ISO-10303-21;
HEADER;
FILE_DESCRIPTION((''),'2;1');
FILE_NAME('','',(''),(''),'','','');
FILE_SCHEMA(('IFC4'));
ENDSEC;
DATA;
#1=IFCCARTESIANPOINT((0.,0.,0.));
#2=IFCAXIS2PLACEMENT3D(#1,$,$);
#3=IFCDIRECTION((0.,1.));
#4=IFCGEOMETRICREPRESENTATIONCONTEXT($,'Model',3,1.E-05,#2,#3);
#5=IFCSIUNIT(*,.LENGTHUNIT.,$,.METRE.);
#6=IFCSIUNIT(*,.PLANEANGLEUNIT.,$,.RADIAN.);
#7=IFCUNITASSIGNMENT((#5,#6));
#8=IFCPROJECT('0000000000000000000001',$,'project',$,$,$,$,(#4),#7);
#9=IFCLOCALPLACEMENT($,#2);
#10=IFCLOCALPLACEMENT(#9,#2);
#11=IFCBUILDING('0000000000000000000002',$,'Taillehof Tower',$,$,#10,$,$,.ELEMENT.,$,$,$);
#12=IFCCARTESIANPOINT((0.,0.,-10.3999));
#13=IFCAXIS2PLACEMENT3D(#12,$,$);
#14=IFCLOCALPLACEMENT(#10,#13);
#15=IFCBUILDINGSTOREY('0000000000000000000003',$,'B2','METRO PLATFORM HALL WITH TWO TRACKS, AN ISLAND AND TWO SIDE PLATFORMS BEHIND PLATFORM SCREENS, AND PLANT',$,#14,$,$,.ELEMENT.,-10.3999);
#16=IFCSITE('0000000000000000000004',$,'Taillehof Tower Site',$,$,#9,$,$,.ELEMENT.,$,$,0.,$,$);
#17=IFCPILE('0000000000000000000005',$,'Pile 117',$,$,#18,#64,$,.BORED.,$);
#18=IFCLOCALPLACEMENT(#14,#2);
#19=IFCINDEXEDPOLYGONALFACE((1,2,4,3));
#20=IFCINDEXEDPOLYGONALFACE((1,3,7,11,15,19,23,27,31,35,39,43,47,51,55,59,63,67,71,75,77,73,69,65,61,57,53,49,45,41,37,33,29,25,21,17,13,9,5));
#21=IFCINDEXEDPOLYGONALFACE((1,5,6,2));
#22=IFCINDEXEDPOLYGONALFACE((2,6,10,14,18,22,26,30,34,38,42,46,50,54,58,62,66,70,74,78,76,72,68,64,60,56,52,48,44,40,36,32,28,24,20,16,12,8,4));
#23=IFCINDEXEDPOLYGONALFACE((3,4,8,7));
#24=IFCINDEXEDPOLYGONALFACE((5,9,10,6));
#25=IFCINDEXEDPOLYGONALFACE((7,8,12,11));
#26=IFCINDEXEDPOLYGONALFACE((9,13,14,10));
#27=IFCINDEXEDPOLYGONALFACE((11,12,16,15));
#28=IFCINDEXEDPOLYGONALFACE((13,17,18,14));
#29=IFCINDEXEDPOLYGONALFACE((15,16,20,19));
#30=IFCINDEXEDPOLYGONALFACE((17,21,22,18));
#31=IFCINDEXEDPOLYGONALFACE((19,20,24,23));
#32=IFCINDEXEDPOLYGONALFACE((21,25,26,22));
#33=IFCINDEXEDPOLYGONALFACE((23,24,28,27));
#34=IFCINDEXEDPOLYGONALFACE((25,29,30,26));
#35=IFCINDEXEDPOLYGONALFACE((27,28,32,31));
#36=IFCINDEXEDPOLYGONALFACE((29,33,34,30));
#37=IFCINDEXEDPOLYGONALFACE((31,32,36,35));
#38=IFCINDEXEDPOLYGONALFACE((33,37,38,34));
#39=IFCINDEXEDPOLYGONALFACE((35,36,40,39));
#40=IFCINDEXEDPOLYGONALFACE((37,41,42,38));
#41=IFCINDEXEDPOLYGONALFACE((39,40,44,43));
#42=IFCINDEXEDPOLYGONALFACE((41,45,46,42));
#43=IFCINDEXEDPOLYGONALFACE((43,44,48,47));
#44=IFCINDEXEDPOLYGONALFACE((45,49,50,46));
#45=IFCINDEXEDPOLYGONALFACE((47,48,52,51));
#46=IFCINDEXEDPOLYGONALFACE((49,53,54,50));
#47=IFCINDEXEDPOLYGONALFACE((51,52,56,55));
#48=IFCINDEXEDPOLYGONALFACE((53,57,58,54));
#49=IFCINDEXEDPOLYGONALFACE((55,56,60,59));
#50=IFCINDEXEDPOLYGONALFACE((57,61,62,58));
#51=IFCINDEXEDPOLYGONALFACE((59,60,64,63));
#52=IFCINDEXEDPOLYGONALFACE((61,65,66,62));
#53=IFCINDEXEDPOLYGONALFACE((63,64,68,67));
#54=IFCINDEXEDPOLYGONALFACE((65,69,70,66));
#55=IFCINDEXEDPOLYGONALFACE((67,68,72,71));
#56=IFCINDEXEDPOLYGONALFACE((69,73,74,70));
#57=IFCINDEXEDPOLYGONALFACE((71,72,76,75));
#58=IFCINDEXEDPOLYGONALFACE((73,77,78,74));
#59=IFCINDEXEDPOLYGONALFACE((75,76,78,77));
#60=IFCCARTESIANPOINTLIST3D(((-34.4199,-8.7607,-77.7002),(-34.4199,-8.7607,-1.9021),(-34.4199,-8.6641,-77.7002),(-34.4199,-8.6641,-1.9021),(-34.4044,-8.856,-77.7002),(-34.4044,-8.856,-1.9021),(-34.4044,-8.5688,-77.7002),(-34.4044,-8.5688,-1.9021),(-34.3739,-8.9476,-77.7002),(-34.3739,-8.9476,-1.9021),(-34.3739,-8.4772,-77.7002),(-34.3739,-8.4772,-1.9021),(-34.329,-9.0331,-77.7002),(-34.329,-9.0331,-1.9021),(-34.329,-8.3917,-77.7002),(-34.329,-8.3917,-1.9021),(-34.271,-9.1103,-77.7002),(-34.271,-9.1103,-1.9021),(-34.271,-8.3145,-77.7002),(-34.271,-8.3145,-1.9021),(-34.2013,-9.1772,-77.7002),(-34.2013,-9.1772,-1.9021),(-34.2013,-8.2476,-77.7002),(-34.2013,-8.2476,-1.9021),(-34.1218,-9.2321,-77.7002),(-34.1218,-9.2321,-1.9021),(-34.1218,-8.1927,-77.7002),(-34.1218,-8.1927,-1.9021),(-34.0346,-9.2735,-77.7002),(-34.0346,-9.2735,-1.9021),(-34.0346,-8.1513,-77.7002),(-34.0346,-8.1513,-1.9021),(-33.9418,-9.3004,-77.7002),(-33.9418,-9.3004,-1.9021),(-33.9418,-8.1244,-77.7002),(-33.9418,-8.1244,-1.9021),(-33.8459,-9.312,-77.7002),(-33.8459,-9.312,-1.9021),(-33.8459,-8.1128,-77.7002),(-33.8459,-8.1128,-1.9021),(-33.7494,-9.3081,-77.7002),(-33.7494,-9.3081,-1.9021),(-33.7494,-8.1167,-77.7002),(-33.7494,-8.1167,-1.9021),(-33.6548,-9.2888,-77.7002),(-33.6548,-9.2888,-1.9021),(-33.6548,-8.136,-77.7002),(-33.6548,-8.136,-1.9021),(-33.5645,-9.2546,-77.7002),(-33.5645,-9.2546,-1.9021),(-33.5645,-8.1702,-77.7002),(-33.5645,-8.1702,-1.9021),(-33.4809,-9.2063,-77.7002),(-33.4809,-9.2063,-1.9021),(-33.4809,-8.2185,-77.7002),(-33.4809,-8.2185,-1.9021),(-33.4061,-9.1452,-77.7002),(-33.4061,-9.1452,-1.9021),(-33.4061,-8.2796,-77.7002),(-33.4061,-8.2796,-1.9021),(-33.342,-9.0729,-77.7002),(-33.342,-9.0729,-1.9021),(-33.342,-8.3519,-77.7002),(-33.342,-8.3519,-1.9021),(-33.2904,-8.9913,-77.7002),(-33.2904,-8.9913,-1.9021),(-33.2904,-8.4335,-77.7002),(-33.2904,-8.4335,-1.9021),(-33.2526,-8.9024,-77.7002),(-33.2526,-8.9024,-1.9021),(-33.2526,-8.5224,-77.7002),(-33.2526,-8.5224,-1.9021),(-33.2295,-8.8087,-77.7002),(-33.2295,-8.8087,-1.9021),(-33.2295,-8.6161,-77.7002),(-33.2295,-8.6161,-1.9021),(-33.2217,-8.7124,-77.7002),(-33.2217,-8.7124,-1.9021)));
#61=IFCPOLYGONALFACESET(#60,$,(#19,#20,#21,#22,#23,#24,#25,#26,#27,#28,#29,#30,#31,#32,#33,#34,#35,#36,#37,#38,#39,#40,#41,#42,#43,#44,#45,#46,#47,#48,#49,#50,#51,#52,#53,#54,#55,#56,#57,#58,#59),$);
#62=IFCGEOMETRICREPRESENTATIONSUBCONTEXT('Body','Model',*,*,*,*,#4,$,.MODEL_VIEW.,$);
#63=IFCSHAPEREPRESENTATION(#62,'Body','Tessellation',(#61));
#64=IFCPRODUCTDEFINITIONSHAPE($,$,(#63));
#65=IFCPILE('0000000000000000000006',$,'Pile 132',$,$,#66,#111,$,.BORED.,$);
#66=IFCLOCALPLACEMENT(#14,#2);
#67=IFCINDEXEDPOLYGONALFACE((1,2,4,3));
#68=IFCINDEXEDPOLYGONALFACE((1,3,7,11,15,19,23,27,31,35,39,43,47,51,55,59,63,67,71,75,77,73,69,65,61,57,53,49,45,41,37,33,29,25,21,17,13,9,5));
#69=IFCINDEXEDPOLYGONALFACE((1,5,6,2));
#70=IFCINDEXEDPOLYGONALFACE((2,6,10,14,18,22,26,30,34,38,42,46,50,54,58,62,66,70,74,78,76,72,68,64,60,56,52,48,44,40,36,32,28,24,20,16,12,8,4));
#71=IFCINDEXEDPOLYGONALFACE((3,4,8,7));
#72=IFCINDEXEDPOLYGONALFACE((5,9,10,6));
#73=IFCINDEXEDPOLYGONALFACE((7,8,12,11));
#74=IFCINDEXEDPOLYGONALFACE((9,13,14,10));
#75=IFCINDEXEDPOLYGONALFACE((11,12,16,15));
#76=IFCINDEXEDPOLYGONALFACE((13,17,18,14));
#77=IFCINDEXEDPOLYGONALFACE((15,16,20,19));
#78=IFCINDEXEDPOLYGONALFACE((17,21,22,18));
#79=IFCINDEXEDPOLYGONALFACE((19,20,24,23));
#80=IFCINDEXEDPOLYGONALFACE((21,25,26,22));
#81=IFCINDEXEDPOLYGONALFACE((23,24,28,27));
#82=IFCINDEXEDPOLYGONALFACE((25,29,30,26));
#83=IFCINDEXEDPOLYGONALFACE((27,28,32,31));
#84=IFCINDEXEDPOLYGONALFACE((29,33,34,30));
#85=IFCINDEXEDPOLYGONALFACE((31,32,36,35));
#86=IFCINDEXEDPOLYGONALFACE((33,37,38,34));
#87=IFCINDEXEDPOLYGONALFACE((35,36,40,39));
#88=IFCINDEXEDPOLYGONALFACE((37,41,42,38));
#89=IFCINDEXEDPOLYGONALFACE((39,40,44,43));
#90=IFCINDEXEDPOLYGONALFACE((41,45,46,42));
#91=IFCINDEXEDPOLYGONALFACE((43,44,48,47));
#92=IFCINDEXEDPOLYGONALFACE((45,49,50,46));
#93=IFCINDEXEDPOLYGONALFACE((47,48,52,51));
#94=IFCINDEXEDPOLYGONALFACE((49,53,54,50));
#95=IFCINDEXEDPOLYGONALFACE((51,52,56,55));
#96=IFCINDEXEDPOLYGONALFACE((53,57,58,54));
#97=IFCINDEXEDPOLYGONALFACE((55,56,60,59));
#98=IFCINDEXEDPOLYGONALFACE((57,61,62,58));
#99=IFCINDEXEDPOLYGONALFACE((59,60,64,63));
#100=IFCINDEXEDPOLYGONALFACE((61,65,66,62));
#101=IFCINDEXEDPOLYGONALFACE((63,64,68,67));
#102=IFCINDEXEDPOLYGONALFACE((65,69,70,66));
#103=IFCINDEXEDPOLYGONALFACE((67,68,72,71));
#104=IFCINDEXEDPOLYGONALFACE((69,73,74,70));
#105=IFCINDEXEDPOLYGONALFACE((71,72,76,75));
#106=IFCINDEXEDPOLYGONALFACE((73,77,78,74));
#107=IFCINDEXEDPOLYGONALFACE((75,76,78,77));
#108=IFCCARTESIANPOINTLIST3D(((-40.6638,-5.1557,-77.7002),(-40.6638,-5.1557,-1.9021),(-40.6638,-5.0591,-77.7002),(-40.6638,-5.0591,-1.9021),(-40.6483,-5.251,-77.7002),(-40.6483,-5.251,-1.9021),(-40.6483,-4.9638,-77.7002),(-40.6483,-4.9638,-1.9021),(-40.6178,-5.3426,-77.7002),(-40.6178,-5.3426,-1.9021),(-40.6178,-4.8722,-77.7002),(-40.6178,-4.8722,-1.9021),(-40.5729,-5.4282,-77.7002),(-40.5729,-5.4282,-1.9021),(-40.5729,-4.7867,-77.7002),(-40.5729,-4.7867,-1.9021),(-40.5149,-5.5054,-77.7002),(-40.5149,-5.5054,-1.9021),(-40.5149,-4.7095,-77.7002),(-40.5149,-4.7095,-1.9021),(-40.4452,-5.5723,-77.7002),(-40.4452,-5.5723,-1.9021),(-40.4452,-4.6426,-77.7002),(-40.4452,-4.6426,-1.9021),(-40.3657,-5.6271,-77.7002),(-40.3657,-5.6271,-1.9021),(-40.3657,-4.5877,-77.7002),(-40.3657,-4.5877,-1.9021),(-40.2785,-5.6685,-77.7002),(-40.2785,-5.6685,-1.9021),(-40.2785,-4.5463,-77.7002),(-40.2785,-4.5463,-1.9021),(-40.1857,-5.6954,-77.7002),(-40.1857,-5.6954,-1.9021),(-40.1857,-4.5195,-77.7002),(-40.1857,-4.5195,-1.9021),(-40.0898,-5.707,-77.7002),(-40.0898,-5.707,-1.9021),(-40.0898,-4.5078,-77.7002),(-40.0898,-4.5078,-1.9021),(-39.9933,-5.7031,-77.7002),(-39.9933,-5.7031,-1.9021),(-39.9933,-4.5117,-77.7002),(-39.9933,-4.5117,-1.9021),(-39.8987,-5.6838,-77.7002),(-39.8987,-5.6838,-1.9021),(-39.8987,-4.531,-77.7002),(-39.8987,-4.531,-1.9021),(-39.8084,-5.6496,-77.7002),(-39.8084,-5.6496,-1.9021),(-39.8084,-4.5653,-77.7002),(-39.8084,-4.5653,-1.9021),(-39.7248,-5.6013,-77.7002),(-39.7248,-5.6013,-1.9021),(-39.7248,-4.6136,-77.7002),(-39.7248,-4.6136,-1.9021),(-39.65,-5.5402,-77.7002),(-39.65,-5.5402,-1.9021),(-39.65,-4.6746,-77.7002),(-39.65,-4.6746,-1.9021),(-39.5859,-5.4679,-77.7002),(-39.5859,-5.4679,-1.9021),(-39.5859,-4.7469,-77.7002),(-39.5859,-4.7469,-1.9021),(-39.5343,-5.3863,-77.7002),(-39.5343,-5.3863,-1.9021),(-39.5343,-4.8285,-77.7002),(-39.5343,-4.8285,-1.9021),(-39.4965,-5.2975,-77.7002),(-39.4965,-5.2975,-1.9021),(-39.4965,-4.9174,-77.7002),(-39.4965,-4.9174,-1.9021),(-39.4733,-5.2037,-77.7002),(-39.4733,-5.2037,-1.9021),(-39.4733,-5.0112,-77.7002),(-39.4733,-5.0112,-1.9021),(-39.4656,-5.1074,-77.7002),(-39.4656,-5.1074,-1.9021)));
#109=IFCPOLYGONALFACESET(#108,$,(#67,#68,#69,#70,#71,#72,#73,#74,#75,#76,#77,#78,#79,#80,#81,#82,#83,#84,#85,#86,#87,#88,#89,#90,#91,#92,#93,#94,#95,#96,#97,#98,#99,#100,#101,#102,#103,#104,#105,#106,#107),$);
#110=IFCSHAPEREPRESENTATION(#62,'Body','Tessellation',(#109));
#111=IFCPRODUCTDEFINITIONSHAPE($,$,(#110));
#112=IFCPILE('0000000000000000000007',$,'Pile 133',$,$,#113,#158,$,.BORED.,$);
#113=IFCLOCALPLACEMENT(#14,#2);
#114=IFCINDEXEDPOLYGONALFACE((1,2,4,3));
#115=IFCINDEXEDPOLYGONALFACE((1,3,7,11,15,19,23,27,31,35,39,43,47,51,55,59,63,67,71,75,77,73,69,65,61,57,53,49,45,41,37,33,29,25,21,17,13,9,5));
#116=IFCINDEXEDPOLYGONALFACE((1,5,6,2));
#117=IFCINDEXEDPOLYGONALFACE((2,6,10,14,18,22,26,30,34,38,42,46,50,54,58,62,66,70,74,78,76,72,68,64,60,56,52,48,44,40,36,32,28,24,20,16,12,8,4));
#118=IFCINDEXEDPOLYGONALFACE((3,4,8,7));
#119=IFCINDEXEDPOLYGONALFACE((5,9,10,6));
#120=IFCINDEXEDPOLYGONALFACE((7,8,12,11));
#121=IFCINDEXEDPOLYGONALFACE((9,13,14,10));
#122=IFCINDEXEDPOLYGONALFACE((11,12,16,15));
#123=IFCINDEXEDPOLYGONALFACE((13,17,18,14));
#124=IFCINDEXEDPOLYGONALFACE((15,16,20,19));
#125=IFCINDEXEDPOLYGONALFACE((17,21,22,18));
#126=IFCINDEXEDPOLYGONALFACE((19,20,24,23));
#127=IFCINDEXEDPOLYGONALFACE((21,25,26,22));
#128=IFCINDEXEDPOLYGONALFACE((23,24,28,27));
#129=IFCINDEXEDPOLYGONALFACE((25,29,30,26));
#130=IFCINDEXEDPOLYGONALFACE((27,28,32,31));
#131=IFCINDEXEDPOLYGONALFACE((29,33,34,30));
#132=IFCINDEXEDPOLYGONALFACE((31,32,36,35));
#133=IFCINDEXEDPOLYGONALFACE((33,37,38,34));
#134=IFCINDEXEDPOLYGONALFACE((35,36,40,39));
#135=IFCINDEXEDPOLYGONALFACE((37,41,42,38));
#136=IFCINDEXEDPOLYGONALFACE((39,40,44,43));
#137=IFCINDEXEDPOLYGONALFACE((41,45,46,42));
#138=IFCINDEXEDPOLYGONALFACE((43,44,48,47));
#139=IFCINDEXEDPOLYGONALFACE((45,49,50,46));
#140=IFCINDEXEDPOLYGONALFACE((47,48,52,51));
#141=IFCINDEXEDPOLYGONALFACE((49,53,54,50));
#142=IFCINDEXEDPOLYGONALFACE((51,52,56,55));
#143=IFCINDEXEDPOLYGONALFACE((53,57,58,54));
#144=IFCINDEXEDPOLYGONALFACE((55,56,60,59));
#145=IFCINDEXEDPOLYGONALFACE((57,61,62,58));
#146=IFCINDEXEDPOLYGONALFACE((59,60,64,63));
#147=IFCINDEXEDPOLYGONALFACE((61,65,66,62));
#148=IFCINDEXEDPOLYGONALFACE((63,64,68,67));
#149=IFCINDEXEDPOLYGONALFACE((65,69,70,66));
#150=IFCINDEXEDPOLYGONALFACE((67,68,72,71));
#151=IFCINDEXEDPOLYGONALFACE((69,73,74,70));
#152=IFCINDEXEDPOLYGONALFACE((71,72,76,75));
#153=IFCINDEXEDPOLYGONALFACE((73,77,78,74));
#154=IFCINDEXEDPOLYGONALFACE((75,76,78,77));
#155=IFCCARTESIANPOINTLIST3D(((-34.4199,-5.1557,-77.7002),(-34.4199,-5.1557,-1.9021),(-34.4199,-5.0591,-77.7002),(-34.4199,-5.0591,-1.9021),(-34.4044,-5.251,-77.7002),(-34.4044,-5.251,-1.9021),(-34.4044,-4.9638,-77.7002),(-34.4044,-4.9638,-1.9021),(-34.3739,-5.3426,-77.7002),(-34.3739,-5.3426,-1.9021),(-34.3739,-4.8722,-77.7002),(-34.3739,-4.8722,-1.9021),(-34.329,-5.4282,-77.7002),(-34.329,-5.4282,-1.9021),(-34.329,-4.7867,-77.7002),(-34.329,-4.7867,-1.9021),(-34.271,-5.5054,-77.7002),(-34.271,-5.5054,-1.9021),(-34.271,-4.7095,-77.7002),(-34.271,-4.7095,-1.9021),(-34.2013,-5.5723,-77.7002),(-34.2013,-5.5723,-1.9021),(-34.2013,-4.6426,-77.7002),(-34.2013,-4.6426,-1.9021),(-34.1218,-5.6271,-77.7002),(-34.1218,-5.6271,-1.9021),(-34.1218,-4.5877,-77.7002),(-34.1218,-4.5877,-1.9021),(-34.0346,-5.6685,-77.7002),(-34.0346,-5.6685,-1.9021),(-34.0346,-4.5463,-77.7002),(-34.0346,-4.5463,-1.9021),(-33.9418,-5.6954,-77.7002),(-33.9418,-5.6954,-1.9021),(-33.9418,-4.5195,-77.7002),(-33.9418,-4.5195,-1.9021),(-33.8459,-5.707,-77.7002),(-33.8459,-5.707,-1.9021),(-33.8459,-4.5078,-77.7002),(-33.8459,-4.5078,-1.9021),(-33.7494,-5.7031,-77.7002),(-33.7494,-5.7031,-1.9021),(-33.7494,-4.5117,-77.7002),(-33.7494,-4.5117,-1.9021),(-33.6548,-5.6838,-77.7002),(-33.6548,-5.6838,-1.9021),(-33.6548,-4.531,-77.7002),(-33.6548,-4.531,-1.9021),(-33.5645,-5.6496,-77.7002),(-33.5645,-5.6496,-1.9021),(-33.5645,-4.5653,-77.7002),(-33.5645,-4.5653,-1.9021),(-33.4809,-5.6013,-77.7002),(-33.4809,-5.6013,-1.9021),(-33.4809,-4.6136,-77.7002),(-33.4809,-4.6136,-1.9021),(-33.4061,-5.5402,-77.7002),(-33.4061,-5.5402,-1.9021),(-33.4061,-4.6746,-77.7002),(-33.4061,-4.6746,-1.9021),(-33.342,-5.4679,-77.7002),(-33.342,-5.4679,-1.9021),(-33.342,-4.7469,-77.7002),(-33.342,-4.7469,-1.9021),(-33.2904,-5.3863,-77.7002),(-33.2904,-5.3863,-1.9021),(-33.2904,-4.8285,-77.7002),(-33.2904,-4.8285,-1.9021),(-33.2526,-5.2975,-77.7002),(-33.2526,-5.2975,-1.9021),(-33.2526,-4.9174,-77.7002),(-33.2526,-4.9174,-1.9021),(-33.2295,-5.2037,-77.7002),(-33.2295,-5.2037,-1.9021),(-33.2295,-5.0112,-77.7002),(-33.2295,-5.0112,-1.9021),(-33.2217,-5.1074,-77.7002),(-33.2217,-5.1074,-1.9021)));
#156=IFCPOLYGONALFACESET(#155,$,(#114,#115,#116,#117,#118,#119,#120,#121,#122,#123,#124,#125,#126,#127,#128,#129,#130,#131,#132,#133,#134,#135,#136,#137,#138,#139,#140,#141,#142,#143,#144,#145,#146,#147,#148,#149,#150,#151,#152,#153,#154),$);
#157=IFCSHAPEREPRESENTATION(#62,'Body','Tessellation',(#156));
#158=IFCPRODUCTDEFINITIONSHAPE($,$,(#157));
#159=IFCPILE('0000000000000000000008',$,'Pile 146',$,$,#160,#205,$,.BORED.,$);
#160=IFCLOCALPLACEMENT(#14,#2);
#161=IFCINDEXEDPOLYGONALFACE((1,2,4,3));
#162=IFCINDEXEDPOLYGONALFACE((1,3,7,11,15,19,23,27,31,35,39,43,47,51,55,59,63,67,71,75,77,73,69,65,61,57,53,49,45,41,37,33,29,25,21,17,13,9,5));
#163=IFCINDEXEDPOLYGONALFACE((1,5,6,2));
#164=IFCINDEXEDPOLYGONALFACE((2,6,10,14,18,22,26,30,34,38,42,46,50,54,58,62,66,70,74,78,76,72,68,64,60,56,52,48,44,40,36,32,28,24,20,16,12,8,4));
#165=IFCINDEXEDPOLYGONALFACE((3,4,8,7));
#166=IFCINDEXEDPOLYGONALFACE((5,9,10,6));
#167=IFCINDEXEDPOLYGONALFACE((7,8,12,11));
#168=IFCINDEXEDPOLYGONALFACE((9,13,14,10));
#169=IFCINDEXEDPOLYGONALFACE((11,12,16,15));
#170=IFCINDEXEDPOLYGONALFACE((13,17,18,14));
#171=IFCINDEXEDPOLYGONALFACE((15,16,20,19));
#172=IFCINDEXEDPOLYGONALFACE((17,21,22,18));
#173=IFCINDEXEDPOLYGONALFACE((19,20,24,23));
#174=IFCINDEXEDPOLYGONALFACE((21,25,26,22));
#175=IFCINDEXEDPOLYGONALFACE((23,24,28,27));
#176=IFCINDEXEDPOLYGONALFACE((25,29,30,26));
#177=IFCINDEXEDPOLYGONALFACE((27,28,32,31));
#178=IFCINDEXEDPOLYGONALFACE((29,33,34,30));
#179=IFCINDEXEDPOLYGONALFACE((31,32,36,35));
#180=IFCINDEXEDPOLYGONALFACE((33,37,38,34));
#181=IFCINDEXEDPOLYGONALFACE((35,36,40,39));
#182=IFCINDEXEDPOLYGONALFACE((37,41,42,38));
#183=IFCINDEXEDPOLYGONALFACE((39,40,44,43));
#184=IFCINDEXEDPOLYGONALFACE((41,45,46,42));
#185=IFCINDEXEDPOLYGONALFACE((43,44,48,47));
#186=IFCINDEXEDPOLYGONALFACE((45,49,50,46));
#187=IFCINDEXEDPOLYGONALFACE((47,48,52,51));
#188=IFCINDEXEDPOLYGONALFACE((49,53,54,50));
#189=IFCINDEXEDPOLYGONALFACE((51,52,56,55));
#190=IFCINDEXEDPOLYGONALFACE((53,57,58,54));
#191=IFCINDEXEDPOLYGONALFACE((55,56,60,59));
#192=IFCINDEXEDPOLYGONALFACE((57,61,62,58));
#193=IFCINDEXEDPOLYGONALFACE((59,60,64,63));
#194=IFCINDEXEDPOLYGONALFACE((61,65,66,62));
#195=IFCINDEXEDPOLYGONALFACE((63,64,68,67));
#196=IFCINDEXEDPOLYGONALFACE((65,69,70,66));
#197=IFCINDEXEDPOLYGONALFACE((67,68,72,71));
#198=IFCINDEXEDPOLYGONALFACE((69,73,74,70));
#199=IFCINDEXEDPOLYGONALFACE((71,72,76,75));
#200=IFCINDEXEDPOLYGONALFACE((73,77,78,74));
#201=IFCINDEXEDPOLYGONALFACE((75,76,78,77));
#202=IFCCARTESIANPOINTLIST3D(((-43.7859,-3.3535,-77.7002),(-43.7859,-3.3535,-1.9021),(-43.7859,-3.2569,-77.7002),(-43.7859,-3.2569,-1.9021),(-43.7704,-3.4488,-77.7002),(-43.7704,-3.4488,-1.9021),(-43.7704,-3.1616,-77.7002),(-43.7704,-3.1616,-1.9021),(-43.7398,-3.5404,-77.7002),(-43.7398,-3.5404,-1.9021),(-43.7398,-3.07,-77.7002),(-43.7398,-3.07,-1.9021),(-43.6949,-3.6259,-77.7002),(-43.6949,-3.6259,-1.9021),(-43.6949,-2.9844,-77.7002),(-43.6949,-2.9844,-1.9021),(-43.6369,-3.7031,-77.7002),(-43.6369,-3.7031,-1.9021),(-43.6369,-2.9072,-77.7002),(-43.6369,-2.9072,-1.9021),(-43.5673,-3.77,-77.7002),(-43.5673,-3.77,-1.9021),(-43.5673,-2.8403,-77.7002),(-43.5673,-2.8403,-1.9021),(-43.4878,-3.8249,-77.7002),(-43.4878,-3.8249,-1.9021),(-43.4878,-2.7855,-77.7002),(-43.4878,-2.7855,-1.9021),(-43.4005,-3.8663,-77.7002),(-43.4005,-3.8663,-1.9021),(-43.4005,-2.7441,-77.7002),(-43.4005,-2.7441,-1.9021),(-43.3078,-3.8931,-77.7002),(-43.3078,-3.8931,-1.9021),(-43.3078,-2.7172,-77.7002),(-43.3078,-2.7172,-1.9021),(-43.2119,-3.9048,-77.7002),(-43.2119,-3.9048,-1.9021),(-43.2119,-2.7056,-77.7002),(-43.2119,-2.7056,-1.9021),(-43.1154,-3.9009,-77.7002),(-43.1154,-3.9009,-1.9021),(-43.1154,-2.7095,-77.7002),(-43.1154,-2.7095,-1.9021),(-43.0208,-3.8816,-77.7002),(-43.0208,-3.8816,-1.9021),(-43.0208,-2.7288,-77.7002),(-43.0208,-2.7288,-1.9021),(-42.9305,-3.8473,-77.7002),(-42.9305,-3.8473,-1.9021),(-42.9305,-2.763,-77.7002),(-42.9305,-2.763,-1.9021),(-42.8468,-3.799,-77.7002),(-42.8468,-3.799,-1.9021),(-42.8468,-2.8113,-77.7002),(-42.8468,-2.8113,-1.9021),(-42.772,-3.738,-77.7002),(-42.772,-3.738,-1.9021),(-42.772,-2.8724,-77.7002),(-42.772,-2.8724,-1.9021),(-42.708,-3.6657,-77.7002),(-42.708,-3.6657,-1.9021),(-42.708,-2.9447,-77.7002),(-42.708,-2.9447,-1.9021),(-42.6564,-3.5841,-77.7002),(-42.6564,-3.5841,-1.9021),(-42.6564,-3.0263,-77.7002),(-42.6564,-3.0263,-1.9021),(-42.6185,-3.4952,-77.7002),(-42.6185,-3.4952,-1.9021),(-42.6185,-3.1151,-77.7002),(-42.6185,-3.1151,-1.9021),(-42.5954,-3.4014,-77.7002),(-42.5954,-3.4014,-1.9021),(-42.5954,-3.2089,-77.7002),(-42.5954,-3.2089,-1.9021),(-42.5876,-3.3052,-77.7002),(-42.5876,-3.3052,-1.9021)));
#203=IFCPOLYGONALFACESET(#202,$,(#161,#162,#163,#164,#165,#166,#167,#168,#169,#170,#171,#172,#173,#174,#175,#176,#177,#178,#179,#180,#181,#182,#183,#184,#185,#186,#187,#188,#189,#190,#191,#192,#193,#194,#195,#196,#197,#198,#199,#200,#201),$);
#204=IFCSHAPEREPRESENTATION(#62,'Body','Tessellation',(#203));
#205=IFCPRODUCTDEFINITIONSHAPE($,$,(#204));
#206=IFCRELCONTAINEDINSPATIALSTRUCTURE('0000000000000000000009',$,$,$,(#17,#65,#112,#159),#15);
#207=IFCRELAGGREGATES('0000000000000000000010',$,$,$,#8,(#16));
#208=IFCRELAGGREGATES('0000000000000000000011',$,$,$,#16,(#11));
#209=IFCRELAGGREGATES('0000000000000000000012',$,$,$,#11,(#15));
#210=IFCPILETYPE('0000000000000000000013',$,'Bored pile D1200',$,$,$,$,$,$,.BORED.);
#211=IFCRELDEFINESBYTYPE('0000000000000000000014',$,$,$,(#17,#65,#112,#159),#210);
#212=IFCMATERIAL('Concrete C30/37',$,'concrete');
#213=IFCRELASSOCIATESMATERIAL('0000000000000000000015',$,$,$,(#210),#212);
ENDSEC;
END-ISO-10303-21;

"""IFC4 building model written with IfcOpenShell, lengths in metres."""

from ifc_helpers import new_model, si_unit, direction, frame, origin, origin_2d, place, context, subcontext, project, spatial, circle, extrude, material, material_profile, profile_set, type_object, element, save


model = new_model("IFC4")

# Units and contexts
model_context = context("Model", 3, precision=1e-05, world=origin(), true_north=direction((0.0, 1.0)))
body_context = subcontext(model_context, "Body", "Model", "MODEL_VIEW")
ifc_project = project(units=[si_unit("LENGTHUNIT", "METRE"), si_unit("PLANEANGLEUNIT", "RADIAN")], contexts=[model_context])

# Site, building, storey
site_placement = place(None, origin())
site = spatial("IfcSite", under=ifc_project, at=site_placement, Name="Taillehof Tower Site", CompositionType="ELEMENT", RefElevation=0.0)
building_placement = place(site_placement, origin())
building = spatial("IfcBuilding", under=site, at=building_placement, Name="Taillehof Tower", CompositionType="ELEMENT")
storey_placement = place(building_placement, frame((0.0, 0.0, -10.3999)))
storey = spatial("IfcBuildingStorey", under=building, at=storey_placement, Name="B2", Description="METRO PLATFORM HALL WITH TWO TRACKS, AN ISLAND AND TWO SIDE PLATFORMS BEHIND PLATFORM SCREENS, AND PLANT", CompositionType="ELEMENT", Elevation=-10.3999)

# Piles
ifc_material_1 = material(Name="Concrete C30/37", Category="concrete")
ifc_material_profile_1 = material_profile(ifc_material_1, circle(Radius=0.6001, at=origin_2d()), Name="BP D1200")
ifc_profile_set_1 = profile_set([ifc_material_profile_1], Name="Concrete C30/37")
pile_type = type_object("IfcPileType", Name="Bored pile D1200", PredefinedType="BORED", material=ifc_profile_set_1)
for number, where, z_axis, x_axis, name in (
    (1, (-33.8218, -8.7124, -1.9021), (0.0, 0.0, -1.0), (1.0, 0.0, 0.0), "Pile 117"),
    (2, (-40.0657, -5.1074, -1.9021), (0.0, 0.0, -1.0), (1.0, 0.0, 0.0), "Pile 132"),
    (3, (-33.8218, -5.1074, -1.9021), (0.0, 0.0, -1.0), (1.0, 0.0, 0.0), "Pile 133"),
    (4, (-43.1877, -3.3052, -1.9021), (0.0, 0.0, -1.0), (1.0, 0.0, 0.0), "Pile 146"),
):
    element("IfcPile", number, at=place(storey_placement, frame(where, z_axis=z_axis, x_axis=x_axis)), inside=storey, type_object=pile_type, Name=name, PredefinedType="BORED", context=body_context, shape_type="SweptSolid", body=[
        extrude(circle(Radius=0.6001, at=origin_2d()), origin(), (0.0, 0.0, 1.0), 75.7981),
    ])

save(model, "model.ifc")
